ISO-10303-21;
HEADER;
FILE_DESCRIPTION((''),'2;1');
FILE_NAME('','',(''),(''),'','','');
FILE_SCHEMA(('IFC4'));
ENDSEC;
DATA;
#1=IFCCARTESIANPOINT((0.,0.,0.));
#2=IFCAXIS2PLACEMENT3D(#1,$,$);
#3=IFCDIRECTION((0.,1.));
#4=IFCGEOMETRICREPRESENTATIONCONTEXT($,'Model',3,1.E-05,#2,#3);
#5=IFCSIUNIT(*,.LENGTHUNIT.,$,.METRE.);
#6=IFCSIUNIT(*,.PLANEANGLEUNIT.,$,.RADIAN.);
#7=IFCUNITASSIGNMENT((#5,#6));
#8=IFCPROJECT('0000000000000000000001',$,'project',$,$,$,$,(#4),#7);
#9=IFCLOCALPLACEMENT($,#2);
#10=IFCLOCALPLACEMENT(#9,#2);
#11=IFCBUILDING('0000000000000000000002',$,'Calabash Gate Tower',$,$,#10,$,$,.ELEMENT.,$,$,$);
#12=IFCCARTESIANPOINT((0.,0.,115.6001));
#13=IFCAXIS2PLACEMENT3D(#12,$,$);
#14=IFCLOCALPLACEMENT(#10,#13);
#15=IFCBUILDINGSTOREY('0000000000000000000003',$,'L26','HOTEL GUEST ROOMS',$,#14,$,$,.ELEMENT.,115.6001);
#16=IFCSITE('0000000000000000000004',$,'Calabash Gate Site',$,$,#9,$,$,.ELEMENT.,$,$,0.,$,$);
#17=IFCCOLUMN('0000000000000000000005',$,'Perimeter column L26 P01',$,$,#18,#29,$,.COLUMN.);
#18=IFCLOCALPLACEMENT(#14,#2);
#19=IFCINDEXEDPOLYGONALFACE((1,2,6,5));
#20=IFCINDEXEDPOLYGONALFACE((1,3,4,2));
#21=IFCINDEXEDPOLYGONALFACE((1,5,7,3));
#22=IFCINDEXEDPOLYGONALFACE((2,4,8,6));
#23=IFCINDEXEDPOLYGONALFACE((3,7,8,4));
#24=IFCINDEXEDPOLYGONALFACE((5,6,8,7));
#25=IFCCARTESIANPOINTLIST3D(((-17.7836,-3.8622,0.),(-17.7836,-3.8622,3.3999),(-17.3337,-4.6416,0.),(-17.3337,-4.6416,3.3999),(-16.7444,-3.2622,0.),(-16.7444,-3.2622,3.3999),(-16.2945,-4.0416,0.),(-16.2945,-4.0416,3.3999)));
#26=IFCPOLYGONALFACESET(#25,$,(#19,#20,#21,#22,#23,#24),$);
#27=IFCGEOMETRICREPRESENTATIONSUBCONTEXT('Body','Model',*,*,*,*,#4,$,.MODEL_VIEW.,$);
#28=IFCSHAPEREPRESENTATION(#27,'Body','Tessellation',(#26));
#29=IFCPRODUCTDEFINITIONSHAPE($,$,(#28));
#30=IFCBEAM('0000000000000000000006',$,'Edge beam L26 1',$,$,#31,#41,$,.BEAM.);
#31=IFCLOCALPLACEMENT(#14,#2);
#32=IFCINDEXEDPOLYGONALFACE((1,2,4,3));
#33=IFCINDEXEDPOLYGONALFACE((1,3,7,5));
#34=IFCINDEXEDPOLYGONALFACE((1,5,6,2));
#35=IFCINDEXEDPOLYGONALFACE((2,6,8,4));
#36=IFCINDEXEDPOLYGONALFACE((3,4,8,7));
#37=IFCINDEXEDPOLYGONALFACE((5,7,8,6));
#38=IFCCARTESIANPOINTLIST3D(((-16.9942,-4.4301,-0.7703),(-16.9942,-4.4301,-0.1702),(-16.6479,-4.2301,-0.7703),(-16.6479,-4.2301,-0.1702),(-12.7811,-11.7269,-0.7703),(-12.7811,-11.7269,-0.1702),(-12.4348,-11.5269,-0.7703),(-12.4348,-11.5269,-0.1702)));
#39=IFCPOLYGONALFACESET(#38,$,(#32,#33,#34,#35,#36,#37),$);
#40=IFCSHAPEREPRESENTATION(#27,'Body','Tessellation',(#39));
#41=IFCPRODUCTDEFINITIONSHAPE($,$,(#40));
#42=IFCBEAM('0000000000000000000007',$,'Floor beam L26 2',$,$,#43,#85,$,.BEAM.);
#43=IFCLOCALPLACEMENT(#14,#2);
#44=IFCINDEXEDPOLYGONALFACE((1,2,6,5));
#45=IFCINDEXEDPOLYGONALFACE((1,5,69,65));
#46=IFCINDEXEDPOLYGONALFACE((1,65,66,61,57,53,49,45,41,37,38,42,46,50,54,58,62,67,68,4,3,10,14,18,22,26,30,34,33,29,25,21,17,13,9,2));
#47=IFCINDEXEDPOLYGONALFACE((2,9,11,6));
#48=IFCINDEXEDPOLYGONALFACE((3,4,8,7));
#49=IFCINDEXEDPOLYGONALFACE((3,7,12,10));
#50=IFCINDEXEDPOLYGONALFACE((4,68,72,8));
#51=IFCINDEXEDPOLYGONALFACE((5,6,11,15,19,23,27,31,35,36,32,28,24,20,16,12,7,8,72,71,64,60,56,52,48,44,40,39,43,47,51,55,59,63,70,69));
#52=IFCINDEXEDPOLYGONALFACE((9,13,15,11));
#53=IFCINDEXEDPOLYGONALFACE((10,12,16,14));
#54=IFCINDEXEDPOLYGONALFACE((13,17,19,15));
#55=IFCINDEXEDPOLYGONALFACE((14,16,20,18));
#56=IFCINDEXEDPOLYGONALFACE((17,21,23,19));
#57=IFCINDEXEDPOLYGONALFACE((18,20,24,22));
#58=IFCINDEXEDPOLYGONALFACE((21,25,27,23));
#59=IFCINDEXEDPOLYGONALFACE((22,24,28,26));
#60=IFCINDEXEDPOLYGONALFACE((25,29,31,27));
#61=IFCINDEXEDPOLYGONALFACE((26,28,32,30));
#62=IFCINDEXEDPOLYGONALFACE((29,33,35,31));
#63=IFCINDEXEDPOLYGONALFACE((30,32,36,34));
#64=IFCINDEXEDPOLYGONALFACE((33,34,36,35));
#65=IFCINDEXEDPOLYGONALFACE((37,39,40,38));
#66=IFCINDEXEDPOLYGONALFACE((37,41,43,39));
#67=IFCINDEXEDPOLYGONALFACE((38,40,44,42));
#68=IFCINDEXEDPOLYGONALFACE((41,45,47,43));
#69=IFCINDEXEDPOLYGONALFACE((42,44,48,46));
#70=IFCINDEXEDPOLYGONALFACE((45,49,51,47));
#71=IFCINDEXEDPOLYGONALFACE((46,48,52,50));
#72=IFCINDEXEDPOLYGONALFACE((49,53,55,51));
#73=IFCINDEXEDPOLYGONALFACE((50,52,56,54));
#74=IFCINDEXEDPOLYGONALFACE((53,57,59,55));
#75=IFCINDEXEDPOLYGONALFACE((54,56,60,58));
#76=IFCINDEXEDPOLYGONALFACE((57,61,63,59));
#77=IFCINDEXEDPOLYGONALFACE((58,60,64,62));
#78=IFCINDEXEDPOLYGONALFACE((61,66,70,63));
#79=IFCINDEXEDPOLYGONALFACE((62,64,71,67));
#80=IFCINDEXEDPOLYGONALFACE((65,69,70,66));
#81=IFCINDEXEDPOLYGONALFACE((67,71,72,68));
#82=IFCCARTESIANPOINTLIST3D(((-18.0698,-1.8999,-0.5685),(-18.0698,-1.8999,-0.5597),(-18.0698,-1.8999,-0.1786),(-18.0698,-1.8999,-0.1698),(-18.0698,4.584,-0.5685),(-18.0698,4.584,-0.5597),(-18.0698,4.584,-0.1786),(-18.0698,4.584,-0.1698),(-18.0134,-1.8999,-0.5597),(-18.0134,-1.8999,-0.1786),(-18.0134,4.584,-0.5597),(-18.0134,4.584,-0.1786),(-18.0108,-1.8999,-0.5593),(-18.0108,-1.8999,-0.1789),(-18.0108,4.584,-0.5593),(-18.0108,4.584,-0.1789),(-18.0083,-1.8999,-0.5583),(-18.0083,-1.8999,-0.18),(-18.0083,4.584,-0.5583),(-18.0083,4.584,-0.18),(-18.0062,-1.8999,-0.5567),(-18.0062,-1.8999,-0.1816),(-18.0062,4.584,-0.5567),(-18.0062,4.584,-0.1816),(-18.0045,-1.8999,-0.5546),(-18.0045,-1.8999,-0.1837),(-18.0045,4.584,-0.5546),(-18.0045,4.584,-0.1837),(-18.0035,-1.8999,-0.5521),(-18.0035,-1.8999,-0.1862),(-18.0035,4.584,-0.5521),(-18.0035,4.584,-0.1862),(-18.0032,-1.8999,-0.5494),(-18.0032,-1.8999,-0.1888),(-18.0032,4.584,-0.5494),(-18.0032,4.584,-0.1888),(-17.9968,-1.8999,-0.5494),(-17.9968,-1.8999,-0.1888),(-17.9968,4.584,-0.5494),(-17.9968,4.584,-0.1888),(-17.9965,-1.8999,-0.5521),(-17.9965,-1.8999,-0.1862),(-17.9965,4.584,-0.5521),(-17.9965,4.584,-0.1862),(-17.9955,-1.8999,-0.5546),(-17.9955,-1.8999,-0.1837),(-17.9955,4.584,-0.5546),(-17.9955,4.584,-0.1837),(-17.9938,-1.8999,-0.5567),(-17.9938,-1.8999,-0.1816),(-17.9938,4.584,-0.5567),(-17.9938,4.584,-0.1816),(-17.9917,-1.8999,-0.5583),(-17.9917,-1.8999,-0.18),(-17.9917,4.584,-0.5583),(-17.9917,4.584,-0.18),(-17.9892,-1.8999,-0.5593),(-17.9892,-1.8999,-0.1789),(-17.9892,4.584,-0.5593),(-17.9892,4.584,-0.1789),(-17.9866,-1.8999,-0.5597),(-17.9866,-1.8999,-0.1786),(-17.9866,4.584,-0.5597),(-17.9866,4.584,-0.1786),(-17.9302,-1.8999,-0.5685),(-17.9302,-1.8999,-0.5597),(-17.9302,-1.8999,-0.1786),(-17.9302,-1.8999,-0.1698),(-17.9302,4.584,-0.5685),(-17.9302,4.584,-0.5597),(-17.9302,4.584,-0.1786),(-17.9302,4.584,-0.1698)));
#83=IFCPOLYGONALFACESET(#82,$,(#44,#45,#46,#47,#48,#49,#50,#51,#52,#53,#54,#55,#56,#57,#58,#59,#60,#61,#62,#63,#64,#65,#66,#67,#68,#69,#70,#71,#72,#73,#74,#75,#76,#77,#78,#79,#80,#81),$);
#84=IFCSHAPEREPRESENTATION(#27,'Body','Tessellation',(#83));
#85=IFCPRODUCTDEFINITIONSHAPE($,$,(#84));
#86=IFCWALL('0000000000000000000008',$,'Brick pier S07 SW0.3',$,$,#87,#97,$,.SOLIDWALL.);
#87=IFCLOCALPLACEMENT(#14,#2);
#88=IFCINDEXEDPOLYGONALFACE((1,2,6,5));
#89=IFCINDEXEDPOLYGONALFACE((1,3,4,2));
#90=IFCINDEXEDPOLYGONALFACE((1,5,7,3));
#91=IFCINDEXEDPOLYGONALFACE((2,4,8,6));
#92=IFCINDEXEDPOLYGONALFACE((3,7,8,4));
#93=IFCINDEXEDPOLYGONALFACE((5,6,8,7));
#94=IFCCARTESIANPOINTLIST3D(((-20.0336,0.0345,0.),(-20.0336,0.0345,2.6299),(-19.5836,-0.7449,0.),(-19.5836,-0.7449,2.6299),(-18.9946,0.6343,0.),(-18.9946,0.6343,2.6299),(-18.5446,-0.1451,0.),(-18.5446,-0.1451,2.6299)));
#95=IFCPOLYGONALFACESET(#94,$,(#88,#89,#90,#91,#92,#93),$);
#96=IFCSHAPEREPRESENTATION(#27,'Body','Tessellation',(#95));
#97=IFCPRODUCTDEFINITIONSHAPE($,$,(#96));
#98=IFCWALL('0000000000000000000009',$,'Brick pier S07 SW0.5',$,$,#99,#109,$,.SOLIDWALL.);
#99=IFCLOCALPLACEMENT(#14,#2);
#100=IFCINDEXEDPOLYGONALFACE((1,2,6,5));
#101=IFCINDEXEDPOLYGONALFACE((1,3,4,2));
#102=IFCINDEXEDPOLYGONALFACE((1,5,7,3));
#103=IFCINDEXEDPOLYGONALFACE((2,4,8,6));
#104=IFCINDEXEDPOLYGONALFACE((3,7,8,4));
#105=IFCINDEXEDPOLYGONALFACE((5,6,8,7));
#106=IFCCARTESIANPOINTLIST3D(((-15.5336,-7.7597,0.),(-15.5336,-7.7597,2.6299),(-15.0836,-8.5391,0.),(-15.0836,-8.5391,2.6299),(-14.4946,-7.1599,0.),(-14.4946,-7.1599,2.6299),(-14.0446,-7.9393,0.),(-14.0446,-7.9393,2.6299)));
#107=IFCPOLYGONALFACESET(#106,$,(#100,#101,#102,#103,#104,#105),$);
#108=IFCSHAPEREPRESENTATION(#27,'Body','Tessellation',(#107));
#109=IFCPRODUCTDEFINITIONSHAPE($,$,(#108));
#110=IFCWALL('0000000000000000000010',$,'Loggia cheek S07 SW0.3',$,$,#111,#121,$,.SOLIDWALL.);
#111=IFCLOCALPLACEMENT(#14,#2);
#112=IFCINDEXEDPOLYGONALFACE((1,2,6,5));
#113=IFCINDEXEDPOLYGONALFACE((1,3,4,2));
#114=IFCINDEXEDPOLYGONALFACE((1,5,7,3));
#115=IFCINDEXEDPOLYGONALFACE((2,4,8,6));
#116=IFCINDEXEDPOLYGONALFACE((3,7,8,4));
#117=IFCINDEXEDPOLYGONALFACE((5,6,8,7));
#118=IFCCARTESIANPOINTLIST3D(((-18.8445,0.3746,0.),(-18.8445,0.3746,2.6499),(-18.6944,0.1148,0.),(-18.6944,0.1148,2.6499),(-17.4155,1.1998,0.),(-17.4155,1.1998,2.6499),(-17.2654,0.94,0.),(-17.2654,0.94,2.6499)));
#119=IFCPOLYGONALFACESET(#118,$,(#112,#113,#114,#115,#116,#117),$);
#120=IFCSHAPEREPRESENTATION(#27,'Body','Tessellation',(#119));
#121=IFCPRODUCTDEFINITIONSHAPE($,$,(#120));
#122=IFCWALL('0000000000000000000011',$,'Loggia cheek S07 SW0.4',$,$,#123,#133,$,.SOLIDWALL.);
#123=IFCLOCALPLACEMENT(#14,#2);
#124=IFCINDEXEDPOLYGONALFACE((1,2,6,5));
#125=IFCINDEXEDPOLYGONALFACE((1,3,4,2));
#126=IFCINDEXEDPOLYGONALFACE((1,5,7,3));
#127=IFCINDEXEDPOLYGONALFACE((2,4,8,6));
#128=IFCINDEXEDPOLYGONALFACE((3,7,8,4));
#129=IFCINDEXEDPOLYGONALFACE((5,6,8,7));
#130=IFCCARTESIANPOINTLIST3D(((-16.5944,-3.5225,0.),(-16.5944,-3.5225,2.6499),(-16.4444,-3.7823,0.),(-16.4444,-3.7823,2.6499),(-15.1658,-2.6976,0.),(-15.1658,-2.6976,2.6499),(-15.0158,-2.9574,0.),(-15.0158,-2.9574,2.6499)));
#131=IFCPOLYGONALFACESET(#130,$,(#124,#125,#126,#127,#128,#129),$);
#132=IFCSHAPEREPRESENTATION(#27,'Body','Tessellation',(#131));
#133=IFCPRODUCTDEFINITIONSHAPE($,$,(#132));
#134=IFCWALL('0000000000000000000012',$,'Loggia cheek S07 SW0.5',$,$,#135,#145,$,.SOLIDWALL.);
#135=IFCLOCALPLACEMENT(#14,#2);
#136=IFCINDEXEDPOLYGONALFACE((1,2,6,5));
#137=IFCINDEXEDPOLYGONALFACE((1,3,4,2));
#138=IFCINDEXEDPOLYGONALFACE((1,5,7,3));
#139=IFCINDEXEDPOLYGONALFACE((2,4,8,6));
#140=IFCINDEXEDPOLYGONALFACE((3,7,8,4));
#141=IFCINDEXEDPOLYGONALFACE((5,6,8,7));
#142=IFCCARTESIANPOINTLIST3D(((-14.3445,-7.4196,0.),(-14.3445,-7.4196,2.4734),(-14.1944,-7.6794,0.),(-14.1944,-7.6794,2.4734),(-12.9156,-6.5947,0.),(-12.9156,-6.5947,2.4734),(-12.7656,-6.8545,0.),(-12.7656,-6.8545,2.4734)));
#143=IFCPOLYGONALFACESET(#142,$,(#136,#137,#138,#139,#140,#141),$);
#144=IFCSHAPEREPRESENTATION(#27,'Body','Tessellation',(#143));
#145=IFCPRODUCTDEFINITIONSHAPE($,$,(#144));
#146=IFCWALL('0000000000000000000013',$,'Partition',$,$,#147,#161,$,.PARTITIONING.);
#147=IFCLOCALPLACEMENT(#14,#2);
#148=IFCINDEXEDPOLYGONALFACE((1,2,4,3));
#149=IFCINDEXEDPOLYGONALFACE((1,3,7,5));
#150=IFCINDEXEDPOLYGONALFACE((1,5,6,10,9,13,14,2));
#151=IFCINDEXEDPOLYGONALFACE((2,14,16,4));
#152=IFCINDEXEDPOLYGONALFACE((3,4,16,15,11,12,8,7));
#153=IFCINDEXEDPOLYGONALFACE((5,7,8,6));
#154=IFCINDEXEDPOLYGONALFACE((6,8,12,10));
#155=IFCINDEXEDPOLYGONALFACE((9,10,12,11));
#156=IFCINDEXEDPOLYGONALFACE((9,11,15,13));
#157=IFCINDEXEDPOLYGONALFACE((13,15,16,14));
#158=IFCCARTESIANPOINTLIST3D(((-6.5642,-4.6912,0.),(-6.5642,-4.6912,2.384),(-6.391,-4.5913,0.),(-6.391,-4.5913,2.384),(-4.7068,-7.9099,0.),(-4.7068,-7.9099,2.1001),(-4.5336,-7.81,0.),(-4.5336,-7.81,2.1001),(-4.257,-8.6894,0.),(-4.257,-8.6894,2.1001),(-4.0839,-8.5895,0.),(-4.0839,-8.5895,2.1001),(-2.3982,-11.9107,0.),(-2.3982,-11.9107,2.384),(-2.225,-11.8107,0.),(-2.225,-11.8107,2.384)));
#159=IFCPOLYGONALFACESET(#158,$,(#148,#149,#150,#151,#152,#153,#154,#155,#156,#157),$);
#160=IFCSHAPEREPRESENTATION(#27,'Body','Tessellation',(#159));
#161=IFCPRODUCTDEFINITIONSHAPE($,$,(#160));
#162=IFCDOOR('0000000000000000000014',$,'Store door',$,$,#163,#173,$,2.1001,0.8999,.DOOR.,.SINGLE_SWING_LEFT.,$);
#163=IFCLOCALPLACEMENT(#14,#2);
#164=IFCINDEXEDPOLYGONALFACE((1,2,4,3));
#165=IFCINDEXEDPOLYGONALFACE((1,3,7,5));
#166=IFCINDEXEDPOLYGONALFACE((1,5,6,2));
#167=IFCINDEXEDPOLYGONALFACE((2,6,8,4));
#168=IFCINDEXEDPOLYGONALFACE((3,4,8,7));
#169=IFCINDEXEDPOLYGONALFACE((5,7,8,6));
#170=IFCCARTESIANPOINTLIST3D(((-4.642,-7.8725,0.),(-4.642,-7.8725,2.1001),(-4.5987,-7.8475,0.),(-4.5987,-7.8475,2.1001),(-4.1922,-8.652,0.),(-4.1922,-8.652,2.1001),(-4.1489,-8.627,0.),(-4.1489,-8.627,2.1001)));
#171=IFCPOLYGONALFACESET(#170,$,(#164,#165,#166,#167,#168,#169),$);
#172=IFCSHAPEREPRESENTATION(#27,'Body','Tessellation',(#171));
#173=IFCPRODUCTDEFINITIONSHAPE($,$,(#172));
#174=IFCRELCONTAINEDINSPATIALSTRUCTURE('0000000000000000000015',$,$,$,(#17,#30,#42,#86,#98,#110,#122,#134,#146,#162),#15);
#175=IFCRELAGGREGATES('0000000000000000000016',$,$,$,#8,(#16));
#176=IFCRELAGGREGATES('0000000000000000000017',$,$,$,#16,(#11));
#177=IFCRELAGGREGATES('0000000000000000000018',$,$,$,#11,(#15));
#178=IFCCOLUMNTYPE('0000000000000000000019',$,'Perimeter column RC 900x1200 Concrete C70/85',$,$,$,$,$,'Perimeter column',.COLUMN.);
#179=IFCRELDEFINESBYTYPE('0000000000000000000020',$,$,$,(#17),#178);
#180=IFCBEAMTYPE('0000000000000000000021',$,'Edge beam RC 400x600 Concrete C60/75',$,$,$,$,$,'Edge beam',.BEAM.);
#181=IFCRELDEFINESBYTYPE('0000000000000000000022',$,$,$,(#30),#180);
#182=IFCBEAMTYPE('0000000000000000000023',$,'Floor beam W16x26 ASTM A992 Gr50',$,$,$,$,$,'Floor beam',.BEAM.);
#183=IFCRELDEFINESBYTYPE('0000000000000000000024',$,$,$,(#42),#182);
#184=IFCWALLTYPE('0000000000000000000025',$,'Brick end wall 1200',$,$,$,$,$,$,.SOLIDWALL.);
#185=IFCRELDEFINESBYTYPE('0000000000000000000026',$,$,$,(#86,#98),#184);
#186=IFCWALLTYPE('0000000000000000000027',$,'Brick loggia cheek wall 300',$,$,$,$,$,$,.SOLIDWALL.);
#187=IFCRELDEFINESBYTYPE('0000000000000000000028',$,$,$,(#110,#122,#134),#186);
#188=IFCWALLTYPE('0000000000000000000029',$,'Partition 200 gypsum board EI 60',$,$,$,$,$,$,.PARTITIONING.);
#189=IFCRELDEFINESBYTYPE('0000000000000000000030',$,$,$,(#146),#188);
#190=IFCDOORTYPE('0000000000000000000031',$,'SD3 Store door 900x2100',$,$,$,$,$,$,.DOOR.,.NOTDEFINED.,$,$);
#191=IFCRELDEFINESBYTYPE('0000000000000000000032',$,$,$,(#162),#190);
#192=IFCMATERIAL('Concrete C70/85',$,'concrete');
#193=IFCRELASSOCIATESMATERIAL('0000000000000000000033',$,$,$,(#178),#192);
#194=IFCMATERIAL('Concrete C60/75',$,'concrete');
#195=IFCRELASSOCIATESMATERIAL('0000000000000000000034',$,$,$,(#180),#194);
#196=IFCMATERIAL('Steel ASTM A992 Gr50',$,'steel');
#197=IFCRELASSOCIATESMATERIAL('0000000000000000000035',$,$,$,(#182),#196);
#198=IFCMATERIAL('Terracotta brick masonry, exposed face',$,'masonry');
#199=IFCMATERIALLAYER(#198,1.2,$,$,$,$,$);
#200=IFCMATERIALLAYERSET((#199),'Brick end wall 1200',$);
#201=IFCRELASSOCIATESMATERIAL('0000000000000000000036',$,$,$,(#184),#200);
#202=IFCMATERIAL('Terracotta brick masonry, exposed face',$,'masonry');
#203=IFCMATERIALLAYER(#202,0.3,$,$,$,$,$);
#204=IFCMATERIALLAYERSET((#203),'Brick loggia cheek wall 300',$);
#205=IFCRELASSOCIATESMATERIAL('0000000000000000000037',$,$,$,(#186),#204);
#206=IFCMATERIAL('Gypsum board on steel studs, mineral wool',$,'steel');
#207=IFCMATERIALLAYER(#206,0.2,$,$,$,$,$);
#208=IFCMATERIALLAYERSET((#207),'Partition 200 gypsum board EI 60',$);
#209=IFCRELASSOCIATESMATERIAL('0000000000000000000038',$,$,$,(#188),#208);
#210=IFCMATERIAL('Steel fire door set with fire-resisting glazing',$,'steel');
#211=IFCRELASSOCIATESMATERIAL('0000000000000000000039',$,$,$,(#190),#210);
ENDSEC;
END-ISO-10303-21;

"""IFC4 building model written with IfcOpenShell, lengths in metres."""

from ifc_helpers import new_model, si_unit, direction, frame, frame_2d, origin, origin_2d, place, context, subcontext, project, spatial, rectangle, i_section, extrude, material, layer, layer_set, material_profile, profile_set, type_object, element, fill, save


model = new_model("IFC4")

# Units and contexts
model_context = context("Model", 3, precision=1e-05, world=origin(), true_north=direction((0.0, 1.0)))
body_context = subcontext(model_context, "Body", "Model", "MODEL_VIEW")
ifc_project = project(units=[si_unit("LENGTHUNIT", "METRE"), si_unit("PLANEANGLEUNIT", "RADIAN")], contexts=[model_context])

# Site, building, storey
site_placement = place(None, origin())
site = spatial("IfcSite", under=ifc_project, at=site_placement, Name="Calabash Gate Site", CompositionType="ELEMENT", RefElevation=0.0)
building_placement = place(site_placement, origin())
building = spatial("IfcBuilding", under=site, at=building_placement, Name="Calabash Gate Tower", CompositionType="ELEMENT")
storey_placement = place(building_placement, frame((0.0, 0.0, 115.6001)))
storey = spatial("IfcBuildingStorey", under=building, at=storey_placement, Name="L26", Description="HOTEL GUEST ROOMS", CompositionType="ELEMENT", Elevation=115.6001)

# Column
ifc_material_1 = material(Name="Concrete C70/85", Category="concrete")
ifc_material_profile_1 = material_profile(ifc_material_1, rectangle(XDim=0.8999, YDim=1.2, at=origin_2d()))
ifc_profile_set_1 = profile_set([ifc_material_profile_1], Name="Concrete C70/85")
column_type = type_object("IfcColumnType", Name="Perimeter column RC 900x1200 Concrete C70/85", ElementType="Perimeter column", PredefinedType="COLUMN", material=ifc_profile_set_1)
column_placement = place(storey_placement, frame((-17.0391, -3.9519, 0.0), z_axis=(0.0, 0.0, 1.0), x_axis=(0.5, -0.866025, 0.0)))
element("IfcColumn", 1, at=column_placement, inside=storey, type_object=column_type, Name="Perimeter column L26 P01", PredefinedType="COLUMN", context=body_context, shape_type="SweptSolid", body=[
    extrude(rectangle(XDim=0.8999, YDim=1.2, at=origin_2d()), origin(), (0.0, 0.0, 1.0), 3.3999),
])

# Beams
ifc_material_2 = material(Name="Concrete C60/75", Category="concrete")
ifc_material_profile_2 = material_profile(ifc_material_2, rectangle(XDim=0.3999, YDim=0.6001, at=origin_2d()))
ifc_profile_set_2 = profile_set([ifc_material_profile_2], Name="Concrete C60/75")
beam_type_1 = type_object("IfcBeamType", Name="Edge beam RC 400x600 Concrete C60/75", ElementType="Edge beam", PredefinedType="BEAM", material=ifc_profile_set_2)
beam_1_placement = place(storey_placement, frame((-16.821, -4.3301, -0.4702), z_axis=(0.500025, -0.866011, 0.0), x_axis=(0.866011, 0.500025, 0.0)))
element("IfcBeam", 2, at=beam_1_placement, inside=storey, type_object=beam_type_1, Name="Edge beam L26 1", PredefinedType="BEAM", context=body_context, shape_type="SweptSolid", body=[
    extrude(rectangle(XDim=0.3999, YDim=0.6001, at=origin_2d()), origin(), (0.0, 0.0, 1.0), 8.4258),
])
ifc_material_3 = material(Name="Steel ASTM A992 Gr50", Category="steel")
ifc_material_profile_3 = material_profile(ifc_material_3, i_section(OverallWidth=0.1396, OverallDepth=0.3987, WebThickness=0.0063, FlangeThickness=0.0088, FilletRadius=0.0103, at=origin_2d()))
ifc_profile_set_3 = profile_set([ifc_material_profile_3], Name="Steel ASTM A992 Gr50")
beam_type_2 = type_object("IfcBeamType", Name="Floor beam W16x26 ASTM A992 Gr50", ElementType="Floor beam", PredefinedType="BEAM", material=ifc_profile_set_3)
beam_2_placement = place(storey_placement, frame((-18.0, -1.8999, -0.3691), z_axis=(0.0, 1.0, 0.0), x_axis=(-1.0, 0.0, 0.0)))
element("IfcBeam", 3, at=beam_2_placement, inside=storey, type_object=beam_type_2, Name="Floor beam L26 2", PredefinedType="BEAM", context=body_context, shape_type="SweptSolid", body=[
    extrude(i_section(OverallWidth=0.1396, OverallDepth=0.3987, WebThickness=0.0063, FlangeThickness=0.0088, FilletRadius=0.0103, at=origin_2d()), origin(), (0.0, 0.0, 1.0), 6.4839),
])

# Walls
ifc_material_4 = material(Name="Terracotta brick masonry, exposed face", Category="masonry")
ifc_layer_1 = layer(ifc_material_4, 1.2)
ifc_layer_set_1 = layer_set([ifc_layer_1], Name="Brick end wall 1200")
wall_type_1 = type_object("IfcWallType", Name="Brick end wall 1200", PredefinedType="SOLIDWALL", material=ifc_layer_set_1)
for number, where, z_axis, x_axis, name in (
    (4, (-19.8086, -0.3552, 0.0), (0.0, 0.0, 1.0), (0.866043, 0.499969, 0.0), "Brick pier S07 SW0.3"),
    (5, (-15.3086, -8.1494, 0.0), (0.0, 0.0, 1.0), (0.866043, 0.499969, 0.0), "Brick pier S07 SW0.5"),
):
    element("IfcWall", number, at=place(storey_placement, frame(where, z_axis=z_axis, x_axis=x_axis)), inside=storey, type_object=wall_type_1, Name=name, PredefinedType="SOLIDWALL", context=body_context, shape_type="SweptSolid", body=[
        extrude(rectangle(XDim=1.1997, YDim=0.8999, at=frame_2d((0.5999, 0.0))), origin(), (0.0, 0.0, 1.0), 2.6299),
    ])
ifc_material_5 = material(Name="Terracotta brick masonry, exposed face", Category="masonry")
ifc_layer_2 = layer(ifc_material_5, 0.3)
ifc_layer_set_2 = layer_set([ifc_layer_2], Name="Brick loggia cheek wall 300")
wall_type_2 = type_object("IfcWallType", Name="Brick loggia cheek wall 300", PredefinedType="SOLIDWALL", material=ifc_layer_set_2)
wall_1_placement = place(storey_placement, frame((-18.7695, 0.2446, 0.0), z_axis=(0.0, 0.0, 1.0), x_axis=(0.865976, 0.500085, 0.0)))
element("IfcWall", 6, at=wall_1_placement, inside=storey, type_object=wall_type_2, Name="Loggia cheek S07 SW0.3", PredefinedType="SOLIDWALL", context=body_context, shape_type="SweptSolid", body=[
    extrude(rectangle(XDim=1.6501, YDim=0.3, at=frame_2d((0.8252, 0.0))), origin(), (0.0, 0.0, 1.0), 2.6499),
])
wall_2_placement = place(storey_placement, frame((-16.5193, -3.6523, 0.0), z_axis=(0.0, 0.0, 1.0), x_axis=(0.866003, 0.500038, 0.0)))
element("IfcWall", 7, at=wall_2_placement, inside=storey, type_object=wall_type_2, Name="Loggia cheek S07 SW0.4", PredefinedType="SOLIDWALL", context=body_context, shape_type="SweptSolid", body=[
    extrude(rectangle(XDim=1.6497, YDim=0.3, at=frame_2d((0.8247, 0.0))), origin(), (0.0, 0.0, 1.0), 2.6499),
])
wall_3_placement = place(storey_placement, frame((-12.8406, -6.7246, 0.0), z_axis=(0.0, 0.0, 1.0), x_axis=(-0.86604, -0.499974, 0.0)))
element("IfcWall", 8, at=wall_3_placement, inside=storey, type_object=wall_type_2, Name="Loggia cheek S07 SW0.5", PredefinedType="SOLIDWALL", context=body_context, shape_type="SweptSolid", body=[
    extrude(rectangle(XDim=1.6499, YDim=0.3, at=frame_2d((0.825, 0.0))), origin(), (0.0, 0.0, 1.0), 2.4734),
])

# Wall, opening, door
ifc_material_6 = material(Name="Gypsum board on steel studs, mineral wool", Category="steel")
ifc_layer_3 = layer(ifc_material_6, 0.2)
ifc_layer_set_3 = layer_set([ifc_layer_3], Name="Partition 200 gypsum board EI 60")
wall_type_3 = type_object("IfcWallType", Name="Partition 200 gypsum board EI 60", PredefinedType="PARTITIONING", material=ifc_layer_set_3)
wall_4_placement = place(storey_placement, frame((-6.4775, -4.6414, 0.0), z_axis=(0.0, 0.0, 1.0), x_axis=(0.499806, -0.866137, 0.0)))
wall_4 = element("IfcWall", 9, at=wall_4_placement, inside=storey, type_object=wall_type_3, Name="Partition", PredefinedType="PARTITIONING", context=body_context, shape_type="SweptSolid", body=[
    extrude(rectangle(XDim=8.3352, YDim=0.2, at=frame_2d((4.1675, 0.0))), origin(), (0.0, 0.0, 1.0), 2.384),
])
opening_1_placement = place(wall_4_placement, frame((3.7161, 0.0, 0.0)))
opening_1 = element("IfcOpeningElement", 10, at=opening_1_placement, cuts=wall_4, PredefinedType="OPENING", context=body_context, shape_type="SweptSolid", body=[
    extrude(rectangle(XDim=0.8999, YDim=2.1001, at=frame_2d((0.45, 1.05))), frame((0.0, 0.1099, 0.0), z_axis=(0.0, -1.0, 0.0), x_axis=(1.0, 0.0, 0.0)), (0.0, 0.0, 1.0), 0.22),
])
ifc_material_7 = material(Name="Steel fire door set with fire-resisting glazing", Category="steel")
door_type_1 = type_object("IfcDoorType", Name="SD3 Store door 900x2100", OperationType="NOTDEFINED", PredefinedType="DOOR", material=ifc_material_7)
door_1_placement = place(opening_1_placement, origin())
door_1 = element("IfcDoor", 11, at=door_1_placement, inside=storey, type_object=door_type_1, Name="Store door", OperationType="SINGLE_SWING_LEFT", OverallHeight=2.1001, OverallWidth=0.8999, PredefinedType="DOOR", context=body_context, shape_type="SweptSolid", body=[
    extrude(rectangle(XDim=0.8999, YDim=2.1001, at=frame_2d((0.45, 1.05))), frame((0.0, 0.0249, 0.0), z_axis=(0.0, -1.0, 0.0), x_axis=(1.0, 0.0, 0.0)), (0.0, 0.0, 1.0), 0.05),
])
fill(opening_1, door_1)

save(model, "model.ifc")
